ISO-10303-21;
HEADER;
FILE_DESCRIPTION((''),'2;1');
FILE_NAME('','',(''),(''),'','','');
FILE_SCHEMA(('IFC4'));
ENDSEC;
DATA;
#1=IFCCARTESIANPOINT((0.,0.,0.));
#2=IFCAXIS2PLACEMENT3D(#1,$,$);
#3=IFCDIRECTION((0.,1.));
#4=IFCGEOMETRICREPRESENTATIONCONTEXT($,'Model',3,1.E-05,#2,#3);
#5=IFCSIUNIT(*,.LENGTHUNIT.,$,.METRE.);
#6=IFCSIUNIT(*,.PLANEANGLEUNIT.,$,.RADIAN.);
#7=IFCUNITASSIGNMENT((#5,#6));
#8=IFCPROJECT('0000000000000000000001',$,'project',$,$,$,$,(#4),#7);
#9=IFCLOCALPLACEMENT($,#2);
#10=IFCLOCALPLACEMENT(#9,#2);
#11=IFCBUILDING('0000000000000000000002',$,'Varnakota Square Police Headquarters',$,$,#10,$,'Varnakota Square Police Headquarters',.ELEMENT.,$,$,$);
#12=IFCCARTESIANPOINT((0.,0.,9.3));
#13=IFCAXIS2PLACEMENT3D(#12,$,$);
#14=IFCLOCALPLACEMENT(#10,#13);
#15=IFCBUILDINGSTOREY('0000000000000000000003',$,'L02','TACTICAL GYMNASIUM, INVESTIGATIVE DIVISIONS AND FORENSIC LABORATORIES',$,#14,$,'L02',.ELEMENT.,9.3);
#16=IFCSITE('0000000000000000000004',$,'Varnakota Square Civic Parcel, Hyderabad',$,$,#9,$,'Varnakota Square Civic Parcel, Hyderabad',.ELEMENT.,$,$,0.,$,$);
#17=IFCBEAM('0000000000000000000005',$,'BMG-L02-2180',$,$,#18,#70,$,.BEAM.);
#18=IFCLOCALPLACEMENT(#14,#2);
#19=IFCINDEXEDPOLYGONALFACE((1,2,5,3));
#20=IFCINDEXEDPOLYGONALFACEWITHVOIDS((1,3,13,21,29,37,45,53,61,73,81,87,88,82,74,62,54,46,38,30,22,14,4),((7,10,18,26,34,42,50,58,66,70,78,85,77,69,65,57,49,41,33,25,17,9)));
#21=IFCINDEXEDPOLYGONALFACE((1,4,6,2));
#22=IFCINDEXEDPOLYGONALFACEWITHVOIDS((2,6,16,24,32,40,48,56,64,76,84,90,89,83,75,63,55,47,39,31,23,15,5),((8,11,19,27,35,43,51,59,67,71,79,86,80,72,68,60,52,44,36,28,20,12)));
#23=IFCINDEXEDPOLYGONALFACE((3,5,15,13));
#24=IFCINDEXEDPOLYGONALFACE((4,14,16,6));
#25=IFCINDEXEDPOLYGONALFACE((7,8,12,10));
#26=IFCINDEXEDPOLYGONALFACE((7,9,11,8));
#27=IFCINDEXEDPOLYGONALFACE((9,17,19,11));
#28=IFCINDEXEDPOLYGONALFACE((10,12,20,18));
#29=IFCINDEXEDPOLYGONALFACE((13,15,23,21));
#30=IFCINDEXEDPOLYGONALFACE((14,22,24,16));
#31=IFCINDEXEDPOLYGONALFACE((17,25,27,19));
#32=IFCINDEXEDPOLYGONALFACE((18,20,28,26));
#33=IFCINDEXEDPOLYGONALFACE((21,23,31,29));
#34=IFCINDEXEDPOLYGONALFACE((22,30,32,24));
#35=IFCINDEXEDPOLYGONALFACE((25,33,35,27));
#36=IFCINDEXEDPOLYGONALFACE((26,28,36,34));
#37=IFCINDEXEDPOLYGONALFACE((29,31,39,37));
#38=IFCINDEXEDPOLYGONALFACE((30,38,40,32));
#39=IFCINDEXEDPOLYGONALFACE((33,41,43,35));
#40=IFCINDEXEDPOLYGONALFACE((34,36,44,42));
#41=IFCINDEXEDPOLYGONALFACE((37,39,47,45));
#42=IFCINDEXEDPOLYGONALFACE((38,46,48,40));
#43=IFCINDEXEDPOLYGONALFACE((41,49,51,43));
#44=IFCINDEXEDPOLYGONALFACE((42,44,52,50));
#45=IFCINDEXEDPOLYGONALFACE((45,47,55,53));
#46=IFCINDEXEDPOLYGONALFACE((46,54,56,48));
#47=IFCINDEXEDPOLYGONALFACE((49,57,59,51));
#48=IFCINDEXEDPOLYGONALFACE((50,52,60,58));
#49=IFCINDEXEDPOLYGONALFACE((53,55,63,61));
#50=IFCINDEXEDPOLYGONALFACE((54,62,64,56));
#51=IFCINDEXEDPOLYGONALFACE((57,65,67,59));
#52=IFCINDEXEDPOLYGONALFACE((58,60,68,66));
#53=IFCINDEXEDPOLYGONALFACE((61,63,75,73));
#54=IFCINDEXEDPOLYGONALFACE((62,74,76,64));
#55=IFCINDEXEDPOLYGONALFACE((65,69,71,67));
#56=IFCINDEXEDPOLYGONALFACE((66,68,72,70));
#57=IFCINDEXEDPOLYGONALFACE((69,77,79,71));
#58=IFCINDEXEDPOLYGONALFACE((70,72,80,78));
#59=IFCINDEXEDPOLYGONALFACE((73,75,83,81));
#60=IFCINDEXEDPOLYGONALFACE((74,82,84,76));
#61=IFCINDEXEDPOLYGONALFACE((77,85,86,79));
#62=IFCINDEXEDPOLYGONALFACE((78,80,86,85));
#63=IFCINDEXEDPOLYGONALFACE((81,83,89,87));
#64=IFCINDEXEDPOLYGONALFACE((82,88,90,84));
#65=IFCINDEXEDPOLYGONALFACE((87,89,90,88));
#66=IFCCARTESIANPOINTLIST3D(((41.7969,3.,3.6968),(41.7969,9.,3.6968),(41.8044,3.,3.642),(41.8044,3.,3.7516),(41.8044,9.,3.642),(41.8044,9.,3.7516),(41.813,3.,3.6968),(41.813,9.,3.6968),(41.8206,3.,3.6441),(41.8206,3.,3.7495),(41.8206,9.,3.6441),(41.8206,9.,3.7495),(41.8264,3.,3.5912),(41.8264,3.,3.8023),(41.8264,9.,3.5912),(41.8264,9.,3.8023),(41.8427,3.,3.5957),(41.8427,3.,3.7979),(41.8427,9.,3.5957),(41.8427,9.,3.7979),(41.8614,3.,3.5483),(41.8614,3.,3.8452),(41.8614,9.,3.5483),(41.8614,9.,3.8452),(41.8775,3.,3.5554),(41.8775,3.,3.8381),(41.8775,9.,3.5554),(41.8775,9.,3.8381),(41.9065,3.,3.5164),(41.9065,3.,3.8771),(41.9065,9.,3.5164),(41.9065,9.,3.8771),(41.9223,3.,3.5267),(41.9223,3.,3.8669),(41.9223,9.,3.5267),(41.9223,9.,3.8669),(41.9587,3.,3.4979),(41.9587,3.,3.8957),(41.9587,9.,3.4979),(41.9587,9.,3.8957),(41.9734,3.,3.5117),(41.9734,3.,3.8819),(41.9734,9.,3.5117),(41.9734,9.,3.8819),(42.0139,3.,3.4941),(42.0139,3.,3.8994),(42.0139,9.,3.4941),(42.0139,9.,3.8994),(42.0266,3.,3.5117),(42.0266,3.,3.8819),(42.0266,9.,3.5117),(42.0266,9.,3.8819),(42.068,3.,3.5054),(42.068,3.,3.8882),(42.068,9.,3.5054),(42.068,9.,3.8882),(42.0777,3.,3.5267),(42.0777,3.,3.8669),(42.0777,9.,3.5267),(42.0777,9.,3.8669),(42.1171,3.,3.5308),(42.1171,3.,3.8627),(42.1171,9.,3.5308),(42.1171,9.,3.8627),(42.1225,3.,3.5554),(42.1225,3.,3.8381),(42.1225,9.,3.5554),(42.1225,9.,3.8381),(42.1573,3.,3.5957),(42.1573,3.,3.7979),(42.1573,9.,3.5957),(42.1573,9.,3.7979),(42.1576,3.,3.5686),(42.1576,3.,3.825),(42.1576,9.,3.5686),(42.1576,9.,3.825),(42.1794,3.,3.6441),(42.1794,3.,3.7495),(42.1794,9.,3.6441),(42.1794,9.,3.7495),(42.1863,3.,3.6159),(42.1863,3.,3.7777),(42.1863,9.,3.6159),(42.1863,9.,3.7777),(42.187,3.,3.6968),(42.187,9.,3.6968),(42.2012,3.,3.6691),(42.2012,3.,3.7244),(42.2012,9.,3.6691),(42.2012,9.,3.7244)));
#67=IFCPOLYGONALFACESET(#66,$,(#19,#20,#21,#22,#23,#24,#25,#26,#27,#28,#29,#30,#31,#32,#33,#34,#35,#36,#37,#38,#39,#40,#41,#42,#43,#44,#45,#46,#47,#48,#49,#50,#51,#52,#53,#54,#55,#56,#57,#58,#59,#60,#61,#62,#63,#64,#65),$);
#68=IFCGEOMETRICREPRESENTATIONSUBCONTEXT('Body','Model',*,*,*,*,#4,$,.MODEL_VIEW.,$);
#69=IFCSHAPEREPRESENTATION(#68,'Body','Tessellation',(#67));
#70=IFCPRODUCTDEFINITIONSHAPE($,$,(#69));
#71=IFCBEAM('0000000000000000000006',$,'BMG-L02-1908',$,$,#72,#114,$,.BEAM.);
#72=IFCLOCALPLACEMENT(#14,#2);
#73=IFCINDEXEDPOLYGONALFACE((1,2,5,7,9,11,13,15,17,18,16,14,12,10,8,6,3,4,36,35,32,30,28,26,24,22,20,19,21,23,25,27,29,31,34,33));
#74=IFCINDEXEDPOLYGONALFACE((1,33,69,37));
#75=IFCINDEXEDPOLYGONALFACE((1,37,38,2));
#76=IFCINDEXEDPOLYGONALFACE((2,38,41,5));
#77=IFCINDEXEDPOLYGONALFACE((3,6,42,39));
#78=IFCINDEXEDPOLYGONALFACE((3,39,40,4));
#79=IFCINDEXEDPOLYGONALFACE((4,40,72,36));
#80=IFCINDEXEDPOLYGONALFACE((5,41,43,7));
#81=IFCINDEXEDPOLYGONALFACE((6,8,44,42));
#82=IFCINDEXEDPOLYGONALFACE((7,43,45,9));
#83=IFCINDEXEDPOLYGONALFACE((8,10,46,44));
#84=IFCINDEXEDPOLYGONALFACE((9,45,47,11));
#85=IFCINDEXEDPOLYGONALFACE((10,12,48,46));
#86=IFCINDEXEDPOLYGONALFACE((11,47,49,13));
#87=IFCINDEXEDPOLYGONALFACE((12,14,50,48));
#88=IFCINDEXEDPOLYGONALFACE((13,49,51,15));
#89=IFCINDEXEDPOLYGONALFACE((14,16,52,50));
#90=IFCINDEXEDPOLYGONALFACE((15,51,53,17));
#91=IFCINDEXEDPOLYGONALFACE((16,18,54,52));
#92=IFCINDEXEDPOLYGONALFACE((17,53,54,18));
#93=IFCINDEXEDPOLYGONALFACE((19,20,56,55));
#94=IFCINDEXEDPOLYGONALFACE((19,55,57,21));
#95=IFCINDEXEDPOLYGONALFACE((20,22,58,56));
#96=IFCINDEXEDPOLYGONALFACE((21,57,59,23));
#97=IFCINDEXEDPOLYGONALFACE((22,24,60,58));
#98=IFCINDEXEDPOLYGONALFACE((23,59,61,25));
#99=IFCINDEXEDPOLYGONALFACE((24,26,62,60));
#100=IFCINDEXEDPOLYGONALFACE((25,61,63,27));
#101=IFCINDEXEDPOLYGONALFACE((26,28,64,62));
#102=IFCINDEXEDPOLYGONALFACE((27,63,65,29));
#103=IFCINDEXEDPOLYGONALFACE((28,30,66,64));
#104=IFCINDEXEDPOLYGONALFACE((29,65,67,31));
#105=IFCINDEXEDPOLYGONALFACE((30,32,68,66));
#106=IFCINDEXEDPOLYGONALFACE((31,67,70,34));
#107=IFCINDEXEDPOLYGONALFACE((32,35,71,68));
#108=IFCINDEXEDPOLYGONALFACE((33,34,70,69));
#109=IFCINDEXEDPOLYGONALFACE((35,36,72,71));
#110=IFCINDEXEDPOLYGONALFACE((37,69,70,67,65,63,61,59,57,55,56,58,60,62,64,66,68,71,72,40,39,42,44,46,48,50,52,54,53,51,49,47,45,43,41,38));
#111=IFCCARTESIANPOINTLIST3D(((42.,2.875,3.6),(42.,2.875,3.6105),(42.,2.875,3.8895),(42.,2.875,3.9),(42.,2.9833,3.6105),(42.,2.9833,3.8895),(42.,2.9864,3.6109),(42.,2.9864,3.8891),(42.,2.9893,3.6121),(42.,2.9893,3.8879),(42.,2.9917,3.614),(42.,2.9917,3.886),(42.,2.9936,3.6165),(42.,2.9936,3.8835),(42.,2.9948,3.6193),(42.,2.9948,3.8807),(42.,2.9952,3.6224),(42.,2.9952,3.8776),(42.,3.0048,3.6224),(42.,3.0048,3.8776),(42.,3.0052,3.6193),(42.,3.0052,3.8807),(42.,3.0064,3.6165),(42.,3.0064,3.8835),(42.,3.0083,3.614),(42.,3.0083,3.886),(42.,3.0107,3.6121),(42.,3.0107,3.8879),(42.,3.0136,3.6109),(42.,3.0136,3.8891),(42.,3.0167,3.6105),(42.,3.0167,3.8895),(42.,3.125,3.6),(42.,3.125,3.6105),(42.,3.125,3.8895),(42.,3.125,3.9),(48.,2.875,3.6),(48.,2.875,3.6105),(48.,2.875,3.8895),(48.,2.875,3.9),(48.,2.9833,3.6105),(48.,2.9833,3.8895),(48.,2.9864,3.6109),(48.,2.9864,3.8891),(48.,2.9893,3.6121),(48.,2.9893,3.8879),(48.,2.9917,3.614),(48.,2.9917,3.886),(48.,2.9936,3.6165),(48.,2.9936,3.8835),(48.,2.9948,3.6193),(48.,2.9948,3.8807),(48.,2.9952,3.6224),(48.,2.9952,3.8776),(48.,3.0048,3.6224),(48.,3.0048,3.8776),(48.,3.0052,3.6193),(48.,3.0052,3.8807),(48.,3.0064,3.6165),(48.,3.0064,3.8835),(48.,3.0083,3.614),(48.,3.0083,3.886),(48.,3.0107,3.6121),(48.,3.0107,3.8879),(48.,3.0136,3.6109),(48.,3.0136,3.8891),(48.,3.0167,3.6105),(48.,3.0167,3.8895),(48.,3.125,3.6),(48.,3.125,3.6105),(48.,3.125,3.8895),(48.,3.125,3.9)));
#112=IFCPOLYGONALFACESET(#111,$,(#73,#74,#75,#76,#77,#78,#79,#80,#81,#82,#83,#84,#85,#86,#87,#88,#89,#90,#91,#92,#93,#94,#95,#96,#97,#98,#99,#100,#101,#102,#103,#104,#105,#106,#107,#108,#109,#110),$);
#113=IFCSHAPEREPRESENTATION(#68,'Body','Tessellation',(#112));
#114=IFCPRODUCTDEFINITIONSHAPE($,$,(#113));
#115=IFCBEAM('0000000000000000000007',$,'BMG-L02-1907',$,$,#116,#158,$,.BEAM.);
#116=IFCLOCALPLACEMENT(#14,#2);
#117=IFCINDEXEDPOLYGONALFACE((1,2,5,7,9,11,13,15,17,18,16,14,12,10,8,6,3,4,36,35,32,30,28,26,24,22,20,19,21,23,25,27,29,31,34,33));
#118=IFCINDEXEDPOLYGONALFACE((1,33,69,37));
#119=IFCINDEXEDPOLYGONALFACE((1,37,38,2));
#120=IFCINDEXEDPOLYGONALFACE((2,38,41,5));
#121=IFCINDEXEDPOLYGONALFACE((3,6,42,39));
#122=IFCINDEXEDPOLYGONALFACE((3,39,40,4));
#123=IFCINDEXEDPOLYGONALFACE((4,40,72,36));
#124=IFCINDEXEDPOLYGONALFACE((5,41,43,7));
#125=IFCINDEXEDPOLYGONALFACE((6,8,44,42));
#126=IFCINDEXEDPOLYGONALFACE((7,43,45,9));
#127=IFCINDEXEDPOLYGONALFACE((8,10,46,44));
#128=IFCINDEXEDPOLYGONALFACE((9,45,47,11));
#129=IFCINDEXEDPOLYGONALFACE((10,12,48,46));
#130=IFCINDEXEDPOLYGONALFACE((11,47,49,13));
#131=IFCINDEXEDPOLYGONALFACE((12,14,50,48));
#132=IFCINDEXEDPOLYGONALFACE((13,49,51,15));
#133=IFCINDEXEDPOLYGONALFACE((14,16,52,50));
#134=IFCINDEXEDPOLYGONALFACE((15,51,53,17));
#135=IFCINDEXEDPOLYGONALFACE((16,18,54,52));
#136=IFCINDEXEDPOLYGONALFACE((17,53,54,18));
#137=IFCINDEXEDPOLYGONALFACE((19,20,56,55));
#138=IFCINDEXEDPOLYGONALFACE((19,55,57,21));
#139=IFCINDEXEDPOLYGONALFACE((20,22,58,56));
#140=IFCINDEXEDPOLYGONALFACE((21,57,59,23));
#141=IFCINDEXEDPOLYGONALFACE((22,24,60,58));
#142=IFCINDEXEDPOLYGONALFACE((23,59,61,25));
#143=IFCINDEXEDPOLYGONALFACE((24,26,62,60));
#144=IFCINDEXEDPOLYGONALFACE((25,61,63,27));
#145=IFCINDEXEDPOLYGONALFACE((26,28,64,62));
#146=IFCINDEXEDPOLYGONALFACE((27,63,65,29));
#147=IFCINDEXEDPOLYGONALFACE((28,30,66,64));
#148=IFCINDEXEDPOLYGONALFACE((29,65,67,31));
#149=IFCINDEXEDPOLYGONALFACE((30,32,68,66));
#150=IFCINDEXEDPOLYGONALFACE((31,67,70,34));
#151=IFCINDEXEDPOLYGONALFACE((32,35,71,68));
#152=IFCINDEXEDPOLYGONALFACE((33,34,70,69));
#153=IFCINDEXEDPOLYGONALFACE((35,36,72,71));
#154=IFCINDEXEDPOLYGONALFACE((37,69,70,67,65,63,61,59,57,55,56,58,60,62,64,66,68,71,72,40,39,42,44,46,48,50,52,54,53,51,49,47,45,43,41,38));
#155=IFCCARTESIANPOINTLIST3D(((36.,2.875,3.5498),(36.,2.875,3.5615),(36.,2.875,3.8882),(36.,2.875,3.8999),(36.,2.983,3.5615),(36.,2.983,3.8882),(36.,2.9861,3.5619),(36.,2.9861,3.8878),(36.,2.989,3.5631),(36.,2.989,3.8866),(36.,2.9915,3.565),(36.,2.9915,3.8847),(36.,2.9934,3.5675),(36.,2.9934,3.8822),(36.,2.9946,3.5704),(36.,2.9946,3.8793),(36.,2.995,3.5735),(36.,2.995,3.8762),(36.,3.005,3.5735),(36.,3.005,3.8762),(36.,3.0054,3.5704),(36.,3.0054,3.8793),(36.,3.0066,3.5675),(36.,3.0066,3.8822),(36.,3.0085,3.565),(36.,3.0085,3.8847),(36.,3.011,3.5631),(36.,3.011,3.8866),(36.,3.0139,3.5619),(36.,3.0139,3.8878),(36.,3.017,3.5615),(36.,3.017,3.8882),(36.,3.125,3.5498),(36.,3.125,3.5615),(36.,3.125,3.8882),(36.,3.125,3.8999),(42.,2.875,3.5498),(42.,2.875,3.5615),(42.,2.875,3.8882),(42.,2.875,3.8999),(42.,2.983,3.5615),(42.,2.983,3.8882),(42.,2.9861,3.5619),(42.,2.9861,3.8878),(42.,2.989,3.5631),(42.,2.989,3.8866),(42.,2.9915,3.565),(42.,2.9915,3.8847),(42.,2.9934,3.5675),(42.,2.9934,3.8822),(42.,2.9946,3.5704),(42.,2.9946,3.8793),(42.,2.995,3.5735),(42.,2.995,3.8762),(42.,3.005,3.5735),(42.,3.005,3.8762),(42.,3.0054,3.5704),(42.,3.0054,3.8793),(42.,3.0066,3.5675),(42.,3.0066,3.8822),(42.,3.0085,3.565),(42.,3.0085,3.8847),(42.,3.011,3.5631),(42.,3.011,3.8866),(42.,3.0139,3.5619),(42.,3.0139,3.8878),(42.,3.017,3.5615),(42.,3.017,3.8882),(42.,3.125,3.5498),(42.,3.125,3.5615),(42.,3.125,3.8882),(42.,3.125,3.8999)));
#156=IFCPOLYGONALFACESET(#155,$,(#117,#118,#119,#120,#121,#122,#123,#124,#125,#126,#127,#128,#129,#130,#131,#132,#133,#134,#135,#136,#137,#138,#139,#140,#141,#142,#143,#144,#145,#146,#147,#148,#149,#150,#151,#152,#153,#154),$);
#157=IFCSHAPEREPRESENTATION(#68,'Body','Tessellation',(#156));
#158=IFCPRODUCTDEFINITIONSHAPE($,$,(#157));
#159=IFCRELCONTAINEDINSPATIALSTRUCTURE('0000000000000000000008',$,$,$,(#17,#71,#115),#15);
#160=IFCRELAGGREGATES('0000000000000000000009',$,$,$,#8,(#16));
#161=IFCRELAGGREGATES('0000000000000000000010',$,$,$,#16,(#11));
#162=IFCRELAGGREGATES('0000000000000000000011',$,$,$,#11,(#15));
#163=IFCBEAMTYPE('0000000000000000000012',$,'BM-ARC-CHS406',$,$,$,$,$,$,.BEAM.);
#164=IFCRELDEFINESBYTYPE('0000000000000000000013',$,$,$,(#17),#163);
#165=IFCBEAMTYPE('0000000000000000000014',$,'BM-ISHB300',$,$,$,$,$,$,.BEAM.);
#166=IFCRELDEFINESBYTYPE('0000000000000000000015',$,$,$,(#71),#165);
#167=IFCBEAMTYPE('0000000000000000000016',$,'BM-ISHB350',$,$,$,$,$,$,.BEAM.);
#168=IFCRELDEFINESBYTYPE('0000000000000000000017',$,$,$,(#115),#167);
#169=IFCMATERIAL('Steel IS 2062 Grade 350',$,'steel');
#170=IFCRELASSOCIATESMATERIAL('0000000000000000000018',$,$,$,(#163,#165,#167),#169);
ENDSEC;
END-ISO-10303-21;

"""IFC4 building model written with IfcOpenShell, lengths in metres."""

from ifc_helpers import new_model, si_unit, direction, frame, origin, origin_2d, place, context, subcontext, project, spatial, hollow_circle, i_section, extrude, material, material_profile, profile_set, type_object, element, save


model = new_model("IFC4")

# Units and contexts
model_context = context("Model", 3, precision=1e-05, world=origin(), true_north=direction((0.0, 1.0)))
body_context = subcontext(model_context, "Body", "Model", "MODEL_VIEW")
ifc_project = project(units=[si_unit("LENGTHUNIT", "METRE"), si_unit("PLANEANGLEUNIT", "RADIAN")], contexts=[model_context])

# Site, building, storey
site_placement = place(None, origin())
site = spatial("IfcSite", under=ifc_project, at=site_placement, Name="Varnakota Square Civic Parcel, Hyderabad", LongName="Varnakota Square Civic Parcel, Hyderabad", CompositionType="ELEMENT", RefElevation=0.0)
building_placement = place(site_placement, origin())
building = spatial("IfcBuilding", under=site, at=building_placement, Name="Varnakota Square Police Headquarters", LongName="Varnakota Square Police Headquarters", CompositionType="ELEMENT")
storey_placement = place(building_placement, frame((0.0, 0.0, 9.3)))
storey = spatial("IfcBuildingStorey", under=building, at=storey_placement, Name="L02", Description="TACTICAL GYMNASIUM, INVESTIGATIVE DIVISIONS AND FORENSIC LABORATORIES", LongName="L02", CompositionType="ELEMENT", Elevation=9.3)

# Shared definitions
ifc_material_1 = material(Name="Steel IS 2062 Grade 350", Category="steel")

# Beams
ifc_material_profile_1 = material_profile(ifc_material_1, hollow_circle(Radius=0.2031, WallThickness=0.0161, at=origin_2d()), Name="CHS 406.4x16.0")
ifc_profile_set_1 = profile_set([ifc_material_profile_1], Name="Steel IS 2062 Grade 350")
beam_type_1 = type_object("IfcBeamType", Name="BM-ARC-CHS406", PredefinedType="BEAM", material=ifc_profile_set_1)
for number, where, z_axis, x_axis, name in (
    (1, (42.0, 3.0, 3.6968), (0.0, 1.0, 0.0), (-1.0, 0.0, 0.0), "BMG-L02-2180"),
):
    element("IfcBeam", number, at=place(storey_placement, frame(where, z_axis=z_axis, x_axis=x_axis)), inside=storey, type_object=beam_type_1, Name=name, PredefinedType="BEAM", context=body_context, shape_type="SweptSolid", body=[
        extrude(hollow_circle(Radius=0.2031, WallThickness=0.0161, at=origin_2d()), origin(), (0.0, 0.0, 1.0), 6.0),
    ])
ifc_material_profile_2 = material_profile(ifc_material_1, i_section(OverallWidth=0.25, OverallDepth=0.3, WebThickness=0.0095, FlangeThickness=0.0105, FilletRadius=0.012, at=origin_2d()), Name="ISHB 300")
ifc_profile_set_2 = profile_set([ifc_material_profile_2], Name="Steel IS 2062 Grade 350")
beam_type_2 = type_object("IfcBeamType", Name="BM-ISHB300", PredefinedType="BEAM", material=ifc_profile_set_2)
beam_1_placement = place(storey_placement, frame((42.0, 3.0, 3.75), z_axis=(1.0, 0.0, 0.0), x_axis=(0.0, 1.0, 0.0)))
element("IfcBeam", 2, at=beam_1_placement, inside=storey, type_object=beam_type_2, Name="BMG-L02-1908", PredefinedType="BEAM", context=body_context, shape_type="SweptSolid", body=[
    extrude(i_section(OverallWidth=0.25, OverallDepth=0.3, WebThickness=0.0095, FlangeThickness=0.0105, FilletRadius=0.012, at=origin_2d()), origin(), (0.0, 0.0, 1.0), 6.0),
])
ifc_material_profile_3 = material_profile(ifc_material_1, i_section(OverallWidth=0.25, OverallDepth=0.3501, WebThickness=0.01, FlangeThickness=0.0117, FilletRadius=0.012, at=origin_2d()), Name="ISHB 350")
ifc_profile_set_3 = profile_set([ifc_material_profile_3], Name="Steel IS 2062 Grade 350")
beam_type_3 = type_object("IfcBeamType", Name="BM-ISHB350", PredefinedType="BEAM", material=ifc_profile_set_3)
beam_2_placement = place(storey_placement, frame((36.0, 3.0, 3.7249), z_axis=(1.0, 0.0, 0.0), x_axis=(0.0, 1.0, 0.0)))
element("IfcBeam", 3, at=beam_2_placement, inside=storey, type_object=beam_type_3, Name="BMG-L02-1907", PredefinedType="BEAM", context=body_context, shape_type="SweptSolid", body=[
    extrude(i_section(OverallWidth=0.25, OverallDepth=0.3501, WebThickness=0.01, FlangeThickness=0.0117, FilletRadius=0.012, at=origin_2d()), origin(), (0.0, 0.0, 1.0), 6.0),
])

save(model, "model.ifc")
